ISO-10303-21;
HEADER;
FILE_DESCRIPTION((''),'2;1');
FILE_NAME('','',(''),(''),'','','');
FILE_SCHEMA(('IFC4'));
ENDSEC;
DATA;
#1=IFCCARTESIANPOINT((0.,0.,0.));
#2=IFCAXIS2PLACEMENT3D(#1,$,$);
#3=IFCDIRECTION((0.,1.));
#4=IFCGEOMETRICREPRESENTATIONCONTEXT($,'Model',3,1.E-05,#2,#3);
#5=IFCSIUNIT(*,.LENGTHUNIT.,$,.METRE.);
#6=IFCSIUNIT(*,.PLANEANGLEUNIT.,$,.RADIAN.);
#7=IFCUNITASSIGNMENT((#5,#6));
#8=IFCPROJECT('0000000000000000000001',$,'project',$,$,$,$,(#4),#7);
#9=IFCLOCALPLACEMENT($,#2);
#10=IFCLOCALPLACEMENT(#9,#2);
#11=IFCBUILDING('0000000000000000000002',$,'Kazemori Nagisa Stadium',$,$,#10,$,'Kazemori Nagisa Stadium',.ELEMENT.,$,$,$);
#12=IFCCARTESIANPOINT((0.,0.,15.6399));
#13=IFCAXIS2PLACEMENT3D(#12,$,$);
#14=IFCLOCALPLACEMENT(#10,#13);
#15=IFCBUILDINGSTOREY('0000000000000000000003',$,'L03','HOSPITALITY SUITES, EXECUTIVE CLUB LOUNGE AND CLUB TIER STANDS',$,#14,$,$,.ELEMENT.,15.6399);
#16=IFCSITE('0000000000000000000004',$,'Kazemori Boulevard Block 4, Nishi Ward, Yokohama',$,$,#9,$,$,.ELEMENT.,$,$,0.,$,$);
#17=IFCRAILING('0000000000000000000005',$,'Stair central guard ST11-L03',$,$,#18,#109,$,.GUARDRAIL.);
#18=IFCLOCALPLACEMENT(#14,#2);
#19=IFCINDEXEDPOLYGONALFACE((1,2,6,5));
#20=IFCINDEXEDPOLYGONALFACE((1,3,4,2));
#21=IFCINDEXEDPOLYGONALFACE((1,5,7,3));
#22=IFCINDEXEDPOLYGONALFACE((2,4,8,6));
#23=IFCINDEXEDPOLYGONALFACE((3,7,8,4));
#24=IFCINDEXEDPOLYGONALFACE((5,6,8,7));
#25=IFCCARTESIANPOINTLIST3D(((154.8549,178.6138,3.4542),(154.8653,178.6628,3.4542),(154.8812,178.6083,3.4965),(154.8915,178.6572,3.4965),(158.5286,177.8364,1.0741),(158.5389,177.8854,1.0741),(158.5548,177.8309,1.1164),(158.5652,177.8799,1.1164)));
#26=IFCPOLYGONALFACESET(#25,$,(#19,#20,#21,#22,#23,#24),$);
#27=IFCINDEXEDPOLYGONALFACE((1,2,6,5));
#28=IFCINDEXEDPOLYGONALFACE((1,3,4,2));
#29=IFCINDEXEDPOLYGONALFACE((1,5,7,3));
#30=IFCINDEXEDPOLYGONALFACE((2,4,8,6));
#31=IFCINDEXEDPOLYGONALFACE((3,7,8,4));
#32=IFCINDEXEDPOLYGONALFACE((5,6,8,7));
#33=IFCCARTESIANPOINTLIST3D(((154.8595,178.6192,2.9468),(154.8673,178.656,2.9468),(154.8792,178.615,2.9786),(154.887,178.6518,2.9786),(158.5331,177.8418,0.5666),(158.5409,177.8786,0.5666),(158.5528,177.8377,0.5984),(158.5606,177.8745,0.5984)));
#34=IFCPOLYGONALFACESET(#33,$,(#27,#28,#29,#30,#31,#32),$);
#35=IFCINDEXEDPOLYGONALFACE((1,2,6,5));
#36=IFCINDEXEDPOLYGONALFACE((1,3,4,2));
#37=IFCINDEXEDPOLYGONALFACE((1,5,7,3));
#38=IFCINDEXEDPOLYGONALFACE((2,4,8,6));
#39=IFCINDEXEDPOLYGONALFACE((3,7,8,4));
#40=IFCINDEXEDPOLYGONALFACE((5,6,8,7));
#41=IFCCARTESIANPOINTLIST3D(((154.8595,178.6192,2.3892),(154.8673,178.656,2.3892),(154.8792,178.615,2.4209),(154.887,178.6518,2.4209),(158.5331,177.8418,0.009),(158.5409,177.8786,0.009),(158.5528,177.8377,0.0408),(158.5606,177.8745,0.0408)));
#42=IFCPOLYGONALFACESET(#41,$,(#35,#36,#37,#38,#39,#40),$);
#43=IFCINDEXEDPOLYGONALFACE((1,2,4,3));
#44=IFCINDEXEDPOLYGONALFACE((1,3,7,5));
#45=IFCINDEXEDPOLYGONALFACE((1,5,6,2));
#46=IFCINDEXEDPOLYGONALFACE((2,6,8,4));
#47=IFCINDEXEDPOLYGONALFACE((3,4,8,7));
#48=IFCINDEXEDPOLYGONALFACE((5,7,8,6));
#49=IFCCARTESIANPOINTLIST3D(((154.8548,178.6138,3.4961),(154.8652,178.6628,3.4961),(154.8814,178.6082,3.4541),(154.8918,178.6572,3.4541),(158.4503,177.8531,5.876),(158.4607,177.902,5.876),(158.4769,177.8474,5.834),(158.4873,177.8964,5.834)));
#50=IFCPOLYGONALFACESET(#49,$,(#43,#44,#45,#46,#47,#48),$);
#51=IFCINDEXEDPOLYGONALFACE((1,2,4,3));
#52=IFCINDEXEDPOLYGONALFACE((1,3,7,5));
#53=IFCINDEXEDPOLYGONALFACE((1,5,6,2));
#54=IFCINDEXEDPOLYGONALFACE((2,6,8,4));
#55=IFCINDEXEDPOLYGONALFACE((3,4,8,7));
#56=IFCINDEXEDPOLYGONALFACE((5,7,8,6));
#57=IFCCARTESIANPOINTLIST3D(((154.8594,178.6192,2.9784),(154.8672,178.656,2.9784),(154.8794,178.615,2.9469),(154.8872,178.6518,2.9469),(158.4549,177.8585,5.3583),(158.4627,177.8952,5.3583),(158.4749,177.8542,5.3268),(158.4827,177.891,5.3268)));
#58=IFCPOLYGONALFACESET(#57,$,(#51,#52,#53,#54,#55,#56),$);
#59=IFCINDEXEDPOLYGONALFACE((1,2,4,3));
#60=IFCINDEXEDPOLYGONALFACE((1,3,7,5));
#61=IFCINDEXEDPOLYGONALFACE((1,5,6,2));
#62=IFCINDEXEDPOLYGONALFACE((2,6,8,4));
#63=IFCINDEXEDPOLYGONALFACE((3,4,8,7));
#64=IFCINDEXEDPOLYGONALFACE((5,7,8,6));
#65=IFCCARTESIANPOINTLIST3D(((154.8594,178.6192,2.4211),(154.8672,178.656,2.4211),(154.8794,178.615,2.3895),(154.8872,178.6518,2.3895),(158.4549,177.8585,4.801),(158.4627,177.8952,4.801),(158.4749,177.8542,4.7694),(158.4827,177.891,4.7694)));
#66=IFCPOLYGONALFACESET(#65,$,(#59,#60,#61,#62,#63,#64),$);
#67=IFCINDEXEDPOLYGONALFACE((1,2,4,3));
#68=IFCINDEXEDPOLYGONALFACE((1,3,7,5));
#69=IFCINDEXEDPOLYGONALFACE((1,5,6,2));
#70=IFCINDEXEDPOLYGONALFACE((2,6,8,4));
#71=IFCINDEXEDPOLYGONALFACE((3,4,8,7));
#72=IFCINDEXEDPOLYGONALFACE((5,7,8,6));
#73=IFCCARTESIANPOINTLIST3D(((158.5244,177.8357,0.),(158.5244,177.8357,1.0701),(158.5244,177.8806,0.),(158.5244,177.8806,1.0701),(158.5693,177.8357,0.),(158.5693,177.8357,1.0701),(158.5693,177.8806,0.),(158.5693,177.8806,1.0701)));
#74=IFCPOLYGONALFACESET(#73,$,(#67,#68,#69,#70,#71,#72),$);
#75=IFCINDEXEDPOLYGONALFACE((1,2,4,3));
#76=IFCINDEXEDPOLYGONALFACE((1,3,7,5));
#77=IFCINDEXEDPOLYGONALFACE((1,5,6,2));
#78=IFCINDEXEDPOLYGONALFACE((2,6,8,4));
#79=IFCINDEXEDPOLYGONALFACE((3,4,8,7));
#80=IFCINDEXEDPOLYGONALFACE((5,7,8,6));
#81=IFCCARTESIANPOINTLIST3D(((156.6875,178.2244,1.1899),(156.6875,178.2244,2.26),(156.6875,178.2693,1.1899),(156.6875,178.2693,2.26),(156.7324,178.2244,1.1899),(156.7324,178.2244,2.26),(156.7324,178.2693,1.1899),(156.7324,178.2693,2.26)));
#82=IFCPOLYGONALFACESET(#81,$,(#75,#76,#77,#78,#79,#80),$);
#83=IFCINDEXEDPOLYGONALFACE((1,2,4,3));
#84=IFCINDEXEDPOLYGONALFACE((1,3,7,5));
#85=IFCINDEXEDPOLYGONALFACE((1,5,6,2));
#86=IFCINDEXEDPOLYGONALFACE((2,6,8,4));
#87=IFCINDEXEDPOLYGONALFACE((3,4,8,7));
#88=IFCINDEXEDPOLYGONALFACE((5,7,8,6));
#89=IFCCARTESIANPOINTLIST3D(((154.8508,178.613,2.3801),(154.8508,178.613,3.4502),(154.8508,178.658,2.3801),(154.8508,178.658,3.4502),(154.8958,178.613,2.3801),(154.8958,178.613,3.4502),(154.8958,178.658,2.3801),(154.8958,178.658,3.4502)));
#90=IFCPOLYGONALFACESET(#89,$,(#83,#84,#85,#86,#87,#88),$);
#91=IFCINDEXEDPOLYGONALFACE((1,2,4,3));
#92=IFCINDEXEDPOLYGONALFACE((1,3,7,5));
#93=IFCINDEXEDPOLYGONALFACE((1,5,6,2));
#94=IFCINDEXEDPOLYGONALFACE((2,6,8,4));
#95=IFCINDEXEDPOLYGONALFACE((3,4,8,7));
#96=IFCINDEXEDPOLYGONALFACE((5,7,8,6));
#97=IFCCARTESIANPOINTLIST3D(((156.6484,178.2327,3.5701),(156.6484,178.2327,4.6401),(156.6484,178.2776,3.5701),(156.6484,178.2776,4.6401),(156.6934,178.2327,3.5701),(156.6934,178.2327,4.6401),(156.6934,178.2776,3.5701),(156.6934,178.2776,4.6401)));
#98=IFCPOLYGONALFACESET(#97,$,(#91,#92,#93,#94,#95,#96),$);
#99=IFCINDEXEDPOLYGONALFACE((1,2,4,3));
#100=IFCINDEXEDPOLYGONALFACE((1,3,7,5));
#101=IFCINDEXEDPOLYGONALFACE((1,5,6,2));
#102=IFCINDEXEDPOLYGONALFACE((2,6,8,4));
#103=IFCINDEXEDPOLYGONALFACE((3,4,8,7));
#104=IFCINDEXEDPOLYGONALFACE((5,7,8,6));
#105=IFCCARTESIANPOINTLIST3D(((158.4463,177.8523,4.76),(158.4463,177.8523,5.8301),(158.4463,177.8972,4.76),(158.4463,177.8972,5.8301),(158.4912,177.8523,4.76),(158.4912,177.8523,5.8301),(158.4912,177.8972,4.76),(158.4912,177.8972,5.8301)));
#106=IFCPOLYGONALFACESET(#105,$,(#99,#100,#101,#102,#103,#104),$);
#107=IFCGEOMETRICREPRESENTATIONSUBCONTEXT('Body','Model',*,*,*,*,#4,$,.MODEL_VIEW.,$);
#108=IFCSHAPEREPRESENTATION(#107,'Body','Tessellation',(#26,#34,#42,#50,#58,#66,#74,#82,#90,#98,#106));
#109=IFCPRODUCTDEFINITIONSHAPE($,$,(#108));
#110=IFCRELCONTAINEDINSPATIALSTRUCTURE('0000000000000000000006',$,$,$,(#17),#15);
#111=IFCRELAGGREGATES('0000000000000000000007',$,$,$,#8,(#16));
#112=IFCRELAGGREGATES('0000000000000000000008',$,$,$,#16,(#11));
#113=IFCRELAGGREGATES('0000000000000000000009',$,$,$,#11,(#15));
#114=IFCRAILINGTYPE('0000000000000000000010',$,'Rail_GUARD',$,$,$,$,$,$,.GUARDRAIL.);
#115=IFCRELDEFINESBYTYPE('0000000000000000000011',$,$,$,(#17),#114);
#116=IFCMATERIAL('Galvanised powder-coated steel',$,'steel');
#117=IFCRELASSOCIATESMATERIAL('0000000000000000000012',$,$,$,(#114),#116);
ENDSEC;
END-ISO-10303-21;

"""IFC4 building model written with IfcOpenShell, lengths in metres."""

from ifc_helpers import new_model, si_unit, direction, frame, origin, origin_2d, place, context, subcontext, project, spatial, rectangle, extrude, material, type_object, element, save


model = new_model("IFC4")

# Units and contexts
model_context = context("Model", 3, precision=1e-05, world=origin(), true_north=direction((0.0, 1.0)))
body_context = subcontext(model_context, "Body", "Model", "MODEL_VIEW")
ifc_project = project(units=[si_unit("LENGTHUNIT", "METRE"), si_unit("PLANEANGLEUNIT", "RADIAN")], contexts=[model_context])

# Site, building, storey
site_placement = place(None, origin())
site = spatial("IfcSite", under=ifc_project, at=site_placement, Name="Kazemori Boulevard Block 4, Nishi Ward, Yokohama", CompositionType="ELEMENT", RefElevation=0.0)
building_placement = place(site_placement, origin())
building = spatial("IfcBuilding", under=site, at=building_placement, Name="Kazemori Nagisa Stadium", LongName="Kazemori Nagisa Stadium", CompositionType="ELEMENT")
storey_placement = place(building_placement, frame((0.0, 0.0, 15.6399)))
storey = spatial("IfcBuildingStorey", under=building, at=storey_placement, Name="L03", Description="HOSPITALITY SUITES, EXECUTIVE CLUB LOUNGE AND CLUB TIER STANDS", CompositionType="ELEMENT", Elevation=15.6399)

# Railing
ifc_material_1 = material(Name="Galvanised powder-coated steel", Category="steel")
railing_type = type_object("IfcRailingType", Name="Rail_GUARD", PredefinedType="GUARDRAIL", material=ifc_material_1)
railing_placement = place(storey_placement, frame((158.5469, 177.8582, 0.0)))
element("IfcRailing", 1, at=railing_placement, inside=storey, type_object=railing_type, Name="Stair central guard ST11-L03", PredefinedType="GUARDRAIL", context=body_context, shape_type="SweptSolid", body=[
    extrude(rectangle(XDim=0.05, YDim=0.05, at=origin_2d()), frame((0.0, 0.0, 1.0952), z_axis=(-0.826318, 0.174852, 0.535374), x_axis=(-0.20702, -0.978337, 0.0)), (0.0, 0.0, 1.0), 4.4458),
    extrude(rectangle(XDim=0.0376, YDim=0.0376, at=origin_2d()), frame((0.0, 0.0, 0.5825), z_axis=(-0.826318, 0.174852, 0.535374), x_axis=(-0.20702, -0.978337, 0.0)), (0.0, 0.0, 1.0), 4.4458),
    extrude(rectangle(XDim=0.0376, YDim=0.0376, at=origin_2d()), frame((0.0, 0.0, 0.0249), z_axis=(-0.826318, 0.174852, 0.535374), x_axis=(-0.20702, -0.978337, 0.0)), (0.0, 0.0, 1.0), 4.4458),
    extrude(rectangle(XDim=0.05, YDim=0.05, at=origin_2d()), frame((-3.6736, 0.7773, 3.4751), z_axis=(0.821192, -0.173751, 0.543558), x_axis=(0.207001, 0.978341, 0.0)), (0.0, 0.0, 1.0), 4.3784),
    extrude(rectangle(XDim=0.0376, YDim=0.0376, at=origin_2d()), frame((-3.6736, 0.7773, 2.9626), z_axis=(0.821192, -0.173751, 0.543558), x_axis=(0.207001, 0.978341, 0.0)), (0.0, 0.0, 1.0), 4.3784),
    extrude(rectangle(XDim=0.0376, YDim=0.0376, at=origin_2d()), frame((-3.6736, 0.7773, 2.4053), z_axis=(0.821192, -0.173751, 0.543558), x_axis=(0.207001, 0.978341, 0.0)), (0.0, 0.0, 1.0), 4.3784),
    extrude(rectangle(XDim=0.0449, YDim=0.0449, at=origin_2d()), origin(), (0.0, 0.0, 1.0), 1.0701),
    extrude(rectangle(XDim=0.0449, YDim=0.0449, at=origin_2d()), frame((-1.8369, 0.3887, 1.1899)), (0.0, 0.0, 1.0), 1.0701),
    extrude(rectangle(XDim=0.0449, YDim=0.0449, at=origin_2d()), frame((-3.6736, 0.7773, 2.3801)), (0.0, 0.0, 1.0), 1.0701),
    extrude(rectangle(XDim=0.0449, YDim=0.0449, at=origin_2d()), frame((-1.876, 0.397, 3.5701)), (0.0, 0.0, 1.0), 1.0701),
    extrude(rectangle(XDim=0.0449, YDim=0.0449, at=origin_2d()), frame((-0.0781, 0.0166, 4.76)), (0.0, 0.0, 1.0), 1.0701),
])

save(model, "model.ifc")
